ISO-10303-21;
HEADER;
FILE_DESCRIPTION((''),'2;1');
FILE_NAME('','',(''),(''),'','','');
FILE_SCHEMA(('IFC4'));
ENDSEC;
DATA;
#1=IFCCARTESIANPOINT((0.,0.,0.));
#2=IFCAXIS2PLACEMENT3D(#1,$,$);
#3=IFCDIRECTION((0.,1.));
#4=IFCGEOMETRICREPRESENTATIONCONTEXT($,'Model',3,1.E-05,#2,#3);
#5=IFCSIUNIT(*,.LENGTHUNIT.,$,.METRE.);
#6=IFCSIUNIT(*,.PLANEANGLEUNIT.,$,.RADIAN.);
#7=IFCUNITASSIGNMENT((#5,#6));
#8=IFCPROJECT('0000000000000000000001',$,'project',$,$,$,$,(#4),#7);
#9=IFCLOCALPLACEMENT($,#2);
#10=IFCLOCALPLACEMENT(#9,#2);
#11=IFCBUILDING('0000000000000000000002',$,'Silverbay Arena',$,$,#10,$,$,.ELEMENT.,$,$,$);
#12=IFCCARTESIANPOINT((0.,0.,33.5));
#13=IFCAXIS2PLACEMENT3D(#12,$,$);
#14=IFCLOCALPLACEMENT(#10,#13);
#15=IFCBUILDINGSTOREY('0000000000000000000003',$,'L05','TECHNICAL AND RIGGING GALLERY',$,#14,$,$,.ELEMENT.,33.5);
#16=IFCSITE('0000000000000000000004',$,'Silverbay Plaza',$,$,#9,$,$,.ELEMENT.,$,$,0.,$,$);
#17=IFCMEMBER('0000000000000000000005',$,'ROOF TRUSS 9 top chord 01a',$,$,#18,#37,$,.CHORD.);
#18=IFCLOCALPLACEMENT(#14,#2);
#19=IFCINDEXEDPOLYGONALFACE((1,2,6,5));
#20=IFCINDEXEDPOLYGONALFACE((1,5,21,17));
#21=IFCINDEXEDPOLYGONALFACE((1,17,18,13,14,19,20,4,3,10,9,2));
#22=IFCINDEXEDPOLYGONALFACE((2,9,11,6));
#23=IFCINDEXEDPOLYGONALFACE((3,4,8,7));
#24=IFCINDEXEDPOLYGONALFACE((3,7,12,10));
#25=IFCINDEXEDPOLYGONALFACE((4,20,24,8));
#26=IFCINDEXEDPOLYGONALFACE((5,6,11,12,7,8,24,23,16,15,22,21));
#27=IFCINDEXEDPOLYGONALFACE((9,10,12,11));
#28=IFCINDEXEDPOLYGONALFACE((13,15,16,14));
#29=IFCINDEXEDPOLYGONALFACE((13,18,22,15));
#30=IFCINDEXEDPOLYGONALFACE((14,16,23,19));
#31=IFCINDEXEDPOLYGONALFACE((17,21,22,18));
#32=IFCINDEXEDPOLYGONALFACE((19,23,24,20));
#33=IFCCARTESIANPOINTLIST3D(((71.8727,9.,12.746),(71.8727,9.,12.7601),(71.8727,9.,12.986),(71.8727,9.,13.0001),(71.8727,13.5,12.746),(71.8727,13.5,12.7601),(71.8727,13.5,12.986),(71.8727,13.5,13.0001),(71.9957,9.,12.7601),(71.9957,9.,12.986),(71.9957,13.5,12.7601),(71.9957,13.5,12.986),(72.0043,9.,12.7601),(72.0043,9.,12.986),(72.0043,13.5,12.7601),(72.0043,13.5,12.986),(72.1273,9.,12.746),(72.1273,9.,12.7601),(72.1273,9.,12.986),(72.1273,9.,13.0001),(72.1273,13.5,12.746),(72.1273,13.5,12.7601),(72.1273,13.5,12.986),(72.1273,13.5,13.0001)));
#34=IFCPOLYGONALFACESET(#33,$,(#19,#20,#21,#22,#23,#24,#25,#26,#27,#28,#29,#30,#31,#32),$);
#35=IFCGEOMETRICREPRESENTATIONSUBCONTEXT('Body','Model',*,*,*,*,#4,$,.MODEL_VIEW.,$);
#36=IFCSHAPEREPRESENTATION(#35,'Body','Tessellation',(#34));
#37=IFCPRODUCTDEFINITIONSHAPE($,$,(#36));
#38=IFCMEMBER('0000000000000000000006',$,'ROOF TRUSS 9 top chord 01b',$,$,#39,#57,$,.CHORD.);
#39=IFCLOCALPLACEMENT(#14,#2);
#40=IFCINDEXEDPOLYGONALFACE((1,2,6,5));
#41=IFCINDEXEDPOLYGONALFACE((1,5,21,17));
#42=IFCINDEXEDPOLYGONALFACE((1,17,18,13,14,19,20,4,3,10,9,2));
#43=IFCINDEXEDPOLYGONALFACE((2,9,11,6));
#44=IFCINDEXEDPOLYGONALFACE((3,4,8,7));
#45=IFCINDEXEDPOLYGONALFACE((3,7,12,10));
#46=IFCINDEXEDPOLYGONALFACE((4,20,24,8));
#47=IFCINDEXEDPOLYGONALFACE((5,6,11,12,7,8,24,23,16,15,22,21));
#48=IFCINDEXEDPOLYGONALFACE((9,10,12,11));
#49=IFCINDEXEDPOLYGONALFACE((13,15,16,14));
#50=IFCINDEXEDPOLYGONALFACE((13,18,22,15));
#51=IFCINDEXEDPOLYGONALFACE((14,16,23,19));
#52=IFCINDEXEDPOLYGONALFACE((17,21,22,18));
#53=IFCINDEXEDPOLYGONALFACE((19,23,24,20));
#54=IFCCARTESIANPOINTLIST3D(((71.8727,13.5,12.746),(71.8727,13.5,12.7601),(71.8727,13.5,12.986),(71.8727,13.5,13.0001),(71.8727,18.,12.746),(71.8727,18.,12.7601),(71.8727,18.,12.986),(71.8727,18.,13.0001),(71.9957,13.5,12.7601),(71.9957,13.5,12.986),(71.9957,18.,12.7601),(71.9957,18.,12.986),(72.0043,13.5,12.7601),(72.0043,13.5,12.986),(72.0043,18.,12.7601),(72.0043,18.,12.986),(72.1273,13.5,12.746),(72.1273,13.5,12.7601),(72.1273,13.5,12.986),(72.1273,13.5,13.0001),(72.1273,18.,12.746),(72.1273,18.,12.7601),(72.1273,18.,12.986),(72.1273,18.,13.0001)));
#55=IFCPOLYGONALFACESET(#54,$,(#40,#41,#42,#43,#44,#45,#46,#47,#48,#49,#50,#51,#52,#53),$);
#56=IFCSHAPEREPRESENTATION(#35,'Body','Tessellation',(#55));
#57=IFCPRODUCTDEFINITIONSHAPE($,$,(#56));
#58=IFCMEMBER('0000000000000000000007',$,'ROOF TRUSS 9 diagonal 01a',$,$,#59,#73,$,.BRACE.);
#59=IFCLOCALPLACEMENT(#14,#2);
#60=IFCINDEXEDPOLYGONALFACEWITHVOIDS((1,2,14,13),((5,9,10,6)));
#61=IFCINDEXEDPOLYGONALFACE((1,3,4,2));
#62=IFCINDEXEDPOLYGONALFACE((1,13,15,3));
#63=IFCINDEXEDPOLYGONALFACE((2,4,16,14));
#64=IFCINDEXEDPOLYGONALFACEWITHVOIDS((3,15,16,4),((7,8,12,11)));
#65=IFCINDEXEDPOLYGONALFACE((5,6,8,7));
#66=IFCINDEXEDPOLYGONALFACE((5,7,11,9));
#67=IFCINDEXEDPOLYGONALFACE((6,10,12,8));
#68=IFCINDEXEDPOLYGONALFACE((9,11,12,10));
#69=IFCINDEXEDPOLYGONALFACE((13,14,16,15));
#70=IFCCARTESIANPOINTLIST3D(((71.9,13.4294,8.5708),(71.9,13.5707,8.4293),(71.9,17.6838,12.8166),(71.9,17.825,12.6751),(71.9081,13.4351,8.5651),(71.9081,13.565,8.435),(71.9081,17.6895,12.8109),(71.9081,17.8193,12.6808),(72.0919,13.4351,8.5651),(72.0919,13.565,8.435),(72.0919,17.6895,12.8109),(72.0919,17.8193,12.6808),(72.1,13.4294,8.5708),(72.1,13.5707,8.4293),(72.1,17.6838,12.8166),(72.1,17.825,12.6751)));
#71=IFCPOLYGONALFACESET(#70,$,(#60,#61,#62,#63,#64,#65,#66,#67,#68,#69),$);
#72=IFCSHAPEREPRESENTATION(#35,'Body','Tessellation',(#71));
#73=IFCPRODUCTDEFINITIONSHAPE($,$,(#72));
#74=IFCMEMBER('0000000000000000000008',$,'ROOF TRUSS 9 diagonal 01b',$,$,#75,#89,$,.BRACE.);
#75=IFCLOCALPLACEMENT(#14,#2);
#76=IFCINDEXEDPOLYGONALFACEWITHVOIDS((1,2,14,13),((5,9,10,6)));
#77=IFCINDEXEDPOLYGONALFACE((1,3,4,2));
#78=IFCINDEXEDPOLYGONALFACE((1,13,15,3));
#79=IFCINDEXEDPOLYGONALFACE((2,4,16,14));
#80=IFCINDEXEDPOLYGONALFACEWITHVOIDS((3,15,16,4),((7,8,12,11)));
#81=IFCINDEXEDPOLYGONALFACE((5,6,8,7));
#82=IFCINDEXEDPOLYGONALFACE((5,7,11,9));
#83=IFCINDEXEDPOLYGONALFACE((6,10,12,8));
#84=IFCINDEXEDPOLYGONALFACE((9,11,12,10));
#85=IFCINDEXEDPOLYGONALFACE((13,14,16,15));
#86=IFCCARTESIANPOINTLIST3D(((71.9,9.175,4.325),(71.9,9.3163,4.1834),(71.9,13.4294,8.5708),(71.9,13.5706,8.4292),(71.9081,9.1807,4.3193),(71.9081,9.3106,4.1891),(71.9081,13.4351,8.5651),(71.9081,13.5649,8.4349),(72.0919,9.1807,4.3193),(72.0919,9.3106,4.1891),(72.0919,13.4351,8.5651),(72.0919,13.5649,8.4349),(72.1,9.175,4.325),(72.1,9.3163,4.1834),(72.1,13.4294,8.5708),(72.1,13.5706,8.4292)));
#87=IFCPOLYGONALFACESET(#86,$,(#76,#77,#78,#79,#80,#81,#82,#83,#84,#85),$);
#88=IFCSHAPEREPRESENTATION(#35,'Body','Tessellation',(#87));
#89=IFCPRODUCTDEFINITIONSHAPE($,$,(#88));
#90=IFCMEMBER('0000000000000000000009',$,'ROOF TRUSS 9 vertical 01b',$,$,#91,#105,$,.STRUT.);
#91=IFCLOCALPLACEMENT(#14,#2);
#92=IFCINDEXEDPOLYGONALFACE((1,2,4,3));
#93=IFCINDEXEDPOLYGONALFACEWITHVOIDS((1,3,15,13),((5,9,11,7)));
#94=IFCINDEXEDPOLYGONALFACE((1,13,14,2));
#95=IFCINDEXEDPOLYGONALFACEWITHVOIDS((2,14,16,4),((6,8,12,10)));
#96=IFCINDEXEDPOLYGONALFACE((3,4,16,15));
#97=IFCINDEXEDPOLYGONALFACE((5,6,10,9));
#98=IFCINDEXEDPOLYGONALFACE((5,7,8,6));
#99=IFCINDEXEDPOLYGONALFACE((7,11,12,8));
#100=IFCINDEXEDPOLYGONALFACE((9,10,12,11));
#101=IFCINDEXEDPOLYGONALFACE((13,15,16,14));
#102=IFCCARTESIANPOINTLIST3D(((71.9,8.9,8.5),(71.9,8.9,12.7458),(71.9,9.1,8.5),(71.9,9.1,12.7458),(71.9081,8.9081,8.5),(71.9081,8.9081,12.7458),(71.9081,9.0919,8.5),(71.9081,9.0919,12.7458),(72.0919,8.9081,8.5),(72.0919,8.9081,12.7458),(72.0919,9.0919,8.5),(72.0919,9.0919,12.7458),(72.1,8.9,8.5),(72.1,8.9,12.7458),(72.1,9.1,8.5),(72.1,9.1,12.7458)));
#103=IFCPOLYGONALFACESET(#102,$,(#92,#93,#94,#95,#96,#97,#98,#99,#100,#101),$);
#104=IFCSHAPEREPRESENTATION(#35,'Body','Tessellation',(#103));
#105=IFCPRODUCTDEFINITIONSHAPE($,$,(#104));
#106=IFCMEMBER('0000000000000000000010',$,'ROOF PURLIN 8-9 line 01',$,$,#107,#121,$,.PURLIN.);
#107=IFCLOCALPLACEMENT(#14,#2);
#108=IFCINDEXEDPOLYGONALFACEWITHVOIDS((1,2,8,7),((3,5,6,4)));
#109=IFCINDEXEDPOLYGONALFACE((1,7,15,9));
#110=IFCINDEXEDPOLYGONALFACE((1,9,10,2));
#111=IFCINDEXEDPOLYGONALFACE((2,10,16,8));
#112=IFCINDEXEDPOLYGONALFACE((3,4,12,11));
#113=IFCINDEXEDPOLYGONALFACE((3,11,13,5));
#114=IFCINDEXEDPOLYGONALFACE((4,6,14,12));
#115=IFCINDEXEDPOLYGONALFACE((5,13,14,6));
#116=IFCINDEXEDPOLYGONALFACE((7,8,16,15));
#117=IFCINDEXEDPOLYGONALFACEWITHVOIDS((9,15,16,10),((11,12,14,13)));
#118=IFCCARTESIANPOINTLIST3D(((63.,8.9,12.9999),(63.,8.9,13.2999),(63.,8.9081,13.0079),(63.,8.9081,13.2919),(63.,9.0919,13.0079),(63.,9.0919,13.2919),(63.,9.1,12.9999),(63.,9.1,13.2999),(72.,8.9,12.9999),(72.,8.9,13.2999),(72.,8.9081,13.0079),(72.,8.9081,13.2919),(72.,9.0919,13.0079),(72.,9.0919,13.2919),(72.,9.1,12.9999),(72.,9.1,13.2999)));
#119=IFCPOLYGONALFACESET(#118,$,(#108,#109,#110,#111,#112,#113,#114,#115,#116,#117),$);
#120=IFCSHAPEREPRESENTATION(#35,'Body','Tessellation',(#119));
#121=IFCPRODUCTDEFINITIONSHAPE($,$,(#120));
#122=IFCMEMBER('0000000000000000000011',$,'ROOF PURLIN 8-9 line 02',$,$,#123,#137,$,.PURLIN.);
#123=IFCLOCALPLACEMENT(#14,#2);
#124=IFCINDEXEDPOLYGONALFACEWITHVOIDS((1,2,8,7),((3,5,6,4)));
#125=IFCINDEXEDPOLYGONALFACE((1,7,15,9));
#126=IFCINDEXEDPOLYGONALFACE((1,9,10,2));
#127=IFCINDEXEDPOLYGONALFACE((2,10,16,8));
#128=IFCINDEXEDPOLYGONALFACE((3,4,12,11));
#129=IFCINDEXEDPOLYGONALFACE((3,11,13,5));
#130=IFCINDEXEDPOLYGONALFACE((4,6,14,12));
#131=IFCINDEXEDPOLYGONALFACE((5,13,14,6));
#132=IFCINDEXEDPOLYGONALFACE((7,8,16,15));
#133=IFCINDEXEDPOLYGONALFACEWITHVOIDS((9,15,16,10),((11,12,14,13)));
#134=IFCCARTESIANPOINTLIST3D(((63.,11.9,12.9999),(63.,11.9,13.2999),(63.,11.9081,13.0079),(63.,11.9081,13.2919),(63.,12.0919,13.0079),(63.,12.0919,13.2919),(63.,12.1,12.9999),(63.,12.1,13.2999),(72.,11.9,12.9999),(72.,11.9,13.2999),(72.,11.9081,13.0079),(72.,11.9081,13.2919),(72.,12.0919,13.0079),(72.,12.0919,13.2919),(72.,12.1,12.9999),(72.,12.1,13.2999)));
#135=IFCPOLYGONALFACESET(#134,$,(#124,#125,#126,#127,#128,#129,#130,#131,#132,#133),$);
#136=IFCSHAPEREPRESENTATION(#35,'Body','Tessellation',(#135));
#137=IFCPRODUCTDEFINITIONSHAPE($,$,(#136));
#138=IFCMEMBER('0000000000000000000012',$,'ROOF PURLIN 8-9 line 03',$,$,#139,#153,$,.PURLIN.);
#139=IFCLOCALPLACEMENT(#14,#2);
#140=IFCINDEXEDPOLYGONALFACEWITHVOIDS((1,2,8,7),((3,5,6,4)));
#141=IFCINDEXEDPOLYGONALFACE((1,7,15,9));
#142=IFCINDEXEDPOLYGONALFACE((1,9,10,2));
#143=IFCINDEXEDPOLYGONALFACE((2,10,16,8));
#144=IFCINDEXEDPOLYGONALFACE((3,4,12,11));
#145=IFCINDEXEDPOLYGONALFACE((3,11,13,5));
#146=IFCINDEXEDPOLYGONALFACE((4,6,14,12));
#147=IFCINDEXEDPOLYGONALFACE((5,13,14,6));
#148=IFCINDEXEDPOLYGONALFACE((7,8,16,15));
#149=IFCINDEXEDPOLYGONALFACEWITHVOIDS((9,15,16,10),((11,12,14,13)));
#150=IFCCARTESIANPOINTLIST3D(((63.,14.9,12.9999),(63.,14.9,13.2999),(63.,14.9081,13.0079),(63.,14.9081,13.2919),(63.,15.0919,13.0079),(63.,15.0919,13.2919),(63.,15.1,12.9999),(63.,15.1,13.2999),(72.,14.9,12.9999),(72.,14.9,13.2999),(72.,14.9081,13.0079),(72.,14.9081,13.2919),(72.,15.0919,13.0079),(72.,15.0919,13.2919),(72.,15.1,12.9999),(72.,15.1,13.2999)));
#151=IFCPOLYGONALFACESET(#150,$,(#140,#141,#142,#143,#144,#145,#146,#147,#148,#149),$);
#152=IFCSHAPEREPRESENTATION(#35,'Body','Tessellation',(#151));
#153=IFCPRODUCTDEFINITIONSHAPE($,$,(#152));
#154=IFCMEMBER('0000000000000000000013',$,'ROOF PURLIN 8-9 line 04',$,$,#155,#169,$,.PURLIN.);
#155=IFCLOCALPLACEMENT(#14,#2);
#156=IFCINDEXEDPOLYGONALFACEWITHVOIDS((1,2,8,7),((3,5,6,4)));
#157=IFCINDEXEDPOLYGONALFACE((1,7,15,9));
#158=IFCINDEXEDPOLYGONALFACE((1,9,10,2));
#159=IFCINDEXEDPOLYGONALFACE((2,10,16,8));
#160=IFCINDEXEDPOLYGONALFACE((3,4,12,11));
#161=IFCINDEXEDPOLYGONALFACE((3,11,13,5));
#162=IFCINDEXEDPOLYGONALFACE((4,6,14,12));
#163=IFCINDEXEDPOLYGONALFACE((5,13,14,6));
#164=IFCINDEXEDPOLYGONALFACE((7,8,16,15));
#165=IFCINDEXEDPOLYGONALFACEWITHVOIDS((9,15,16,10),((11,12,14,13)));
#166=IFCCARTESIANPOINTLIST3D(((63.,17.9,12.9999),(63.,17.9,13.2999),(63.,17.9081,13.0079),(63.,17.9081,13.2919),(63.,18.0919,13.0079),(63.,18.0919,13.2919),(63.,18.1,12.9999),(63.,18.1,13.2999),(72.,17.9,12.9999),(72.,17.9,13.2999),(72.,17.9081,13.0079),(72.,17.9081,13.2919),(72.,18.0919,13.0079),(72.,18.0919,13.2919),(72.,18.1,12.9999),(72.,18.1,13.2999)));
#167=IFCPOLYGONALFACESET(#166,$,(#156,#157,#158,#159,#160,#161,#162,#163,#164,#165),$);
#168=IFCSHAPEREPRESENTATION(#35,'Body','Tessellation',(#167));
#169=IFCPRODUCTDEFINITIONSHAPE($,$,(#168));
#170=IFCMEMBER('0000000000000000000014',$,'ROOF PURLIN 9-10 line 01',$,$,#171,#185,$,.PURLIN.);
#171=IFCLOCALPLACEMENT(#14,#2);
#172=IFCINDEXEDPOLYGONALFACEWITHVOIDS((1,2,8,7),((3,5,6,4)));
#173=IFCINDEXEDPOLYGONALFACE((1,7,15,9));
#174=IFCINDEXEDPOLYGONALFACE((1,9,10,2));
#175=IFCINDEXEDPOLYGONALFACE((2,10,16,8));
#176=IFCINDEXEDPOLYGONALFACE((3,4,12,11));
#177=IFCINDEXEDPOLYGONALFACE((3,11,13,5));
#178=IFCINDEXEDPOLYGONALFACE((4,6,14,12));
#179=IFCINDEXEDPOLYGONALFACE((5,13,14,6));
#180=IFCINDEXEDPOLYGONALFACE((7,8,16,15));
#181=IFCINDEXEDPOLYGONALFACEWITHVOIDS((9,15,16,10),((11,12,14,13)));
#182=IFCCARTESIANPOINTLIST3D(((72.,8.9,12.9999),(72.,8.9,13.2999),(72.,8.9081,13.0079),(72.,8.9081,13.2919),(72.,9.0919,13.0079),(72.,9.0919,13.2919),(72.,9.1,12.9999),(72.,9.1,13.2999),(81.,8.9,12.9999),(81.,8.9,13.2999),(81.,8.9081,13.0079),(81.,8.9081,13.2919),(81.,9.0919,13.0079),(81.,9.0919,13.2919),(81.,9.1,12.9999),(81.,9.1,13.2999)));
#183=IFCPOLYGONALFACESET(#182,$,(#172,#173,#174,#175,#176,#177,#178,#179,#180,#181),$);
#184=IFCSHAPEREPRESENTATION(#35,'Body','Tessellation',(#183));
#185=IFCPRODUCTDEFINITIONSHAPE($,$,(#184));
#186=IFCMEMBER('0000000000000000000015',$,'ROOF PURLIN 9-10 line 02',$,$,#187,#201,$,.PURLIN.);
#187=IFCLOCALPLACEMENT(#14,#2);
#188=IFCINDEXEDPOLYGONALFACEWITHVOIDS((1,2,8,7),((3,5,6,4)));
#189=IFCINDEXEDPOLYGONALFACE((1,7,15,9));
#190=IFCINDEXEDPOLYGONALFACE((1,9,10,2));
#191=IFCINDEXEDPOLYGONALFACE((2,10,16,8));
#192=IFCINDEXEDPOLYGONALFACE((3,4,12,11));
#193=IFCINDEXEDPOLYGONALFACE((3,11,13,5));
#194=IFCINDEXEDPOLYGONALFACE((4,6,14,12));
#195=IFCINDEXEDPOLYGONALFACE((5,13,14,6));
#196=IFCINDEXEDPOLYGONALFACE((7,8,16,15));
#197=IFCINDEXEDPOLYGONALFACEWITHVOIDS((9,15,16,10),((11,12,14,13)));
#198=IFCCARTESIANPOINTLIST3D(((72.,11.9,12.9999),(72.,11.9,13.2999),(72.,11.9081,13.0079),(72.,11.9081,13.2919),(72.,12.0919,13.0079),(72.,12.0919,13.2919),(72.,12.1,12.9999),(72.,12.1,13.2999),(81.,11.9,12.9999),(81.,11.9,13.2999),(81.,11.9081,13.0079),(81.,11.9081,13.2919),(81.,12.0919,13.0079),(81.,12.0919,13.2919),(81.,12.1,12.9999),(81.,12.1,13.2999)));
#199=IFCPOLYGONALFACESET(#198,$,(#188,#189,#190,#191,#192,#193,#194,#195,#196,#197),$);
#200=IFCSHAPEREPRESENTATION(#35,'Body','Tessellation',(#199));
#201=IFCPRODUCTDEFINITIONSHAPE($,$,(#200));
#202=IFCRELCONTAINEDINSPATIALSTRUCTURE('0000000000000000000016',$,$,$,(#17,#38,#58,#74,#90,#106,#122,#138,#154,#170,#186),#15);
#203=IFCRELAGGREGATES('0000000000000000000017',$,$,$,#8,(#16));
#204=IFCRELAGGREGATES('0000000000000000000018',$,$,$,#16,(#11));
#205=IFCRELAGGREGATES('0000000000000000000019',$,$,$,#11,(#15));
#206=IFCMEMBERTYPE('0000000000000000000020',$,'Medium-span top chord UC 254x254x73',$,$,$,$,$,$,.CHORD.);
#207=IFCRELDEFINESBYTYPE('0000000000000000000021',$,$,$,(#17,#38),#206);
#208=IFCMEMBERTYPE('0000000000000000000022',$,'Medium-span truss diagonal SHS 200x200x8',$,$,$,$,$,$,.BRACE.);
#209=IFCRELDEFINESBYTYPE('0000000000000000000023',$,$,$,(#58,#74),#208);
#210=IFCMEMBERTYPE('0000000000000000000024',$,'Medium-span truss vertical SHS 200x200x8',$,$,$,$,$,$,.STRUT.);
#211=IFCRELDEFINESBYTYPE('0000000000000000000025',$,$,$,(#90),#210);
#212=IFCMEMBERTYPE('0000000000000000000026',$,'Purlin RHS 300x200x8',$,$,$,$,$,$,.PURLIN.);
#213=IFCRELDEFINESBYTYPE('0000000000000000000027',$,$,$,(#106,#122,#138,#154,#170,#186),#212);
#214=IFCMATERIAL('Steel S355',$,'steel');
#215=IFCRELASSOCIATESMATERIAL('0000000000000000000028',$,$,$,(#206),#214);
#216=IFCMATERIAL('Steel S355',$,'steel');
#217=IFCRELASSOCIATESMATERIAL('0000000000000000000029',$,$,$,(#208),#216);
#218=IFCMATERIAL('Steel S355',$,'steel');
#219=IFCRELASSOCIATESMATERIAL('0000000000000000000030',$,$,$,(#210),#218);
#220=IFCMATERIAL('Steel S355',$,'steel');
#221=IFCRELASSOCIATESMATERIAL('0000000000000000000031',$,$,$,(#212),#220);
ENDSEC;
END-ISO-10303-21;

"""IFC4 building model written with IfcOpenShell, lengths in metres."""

from ifc_helpers import new_model, si_unit, direction, frame, origin, origin_2d, place, context, subcontext, project, spatial, hollow_rectangle, i_section, extrude, material, material_profile, profile_set, type_object, element, save


model = new_model("IFC4")

# Units and contexts
model_context = context("Model", 3, precision=1e-05, world=origin(), true_north=direction((0.0, 1.0)))
body_context = subcontext(model_context, "Body", "Model", "MODEL_VIEW")
ifc_project = project(units=[si_unit("LENGTHUNIT", "METRE"), si_unit("PLANEANGLEUNIT", "RADIAN")], contexts=[model_context])

# Site, building, storey
site_placement = place(None, origin())
site = spatial("IfcSite", under=ifc_project, at=site_placement, Name="Silverbay Plaza", CompositionType="ELEMENT", RefElevation=0.0)
building_placement = place(site_placement, origin())
building = spatial("IfcBuilding", under=site, at=building_placement, Name="Silverbay Arena", CompositionType="ELEMENT")
storey_placement = place(building_placement, frame((0.0, 0.0, 33.5)))
storey = spatial("IfcBuildingStorey", under=building, at=storey_placement, Name="L05", Description="TECHNICAL AND RIGGING GALLERY", CompositionType="ELEMENT", Elevation=33.5)

# Members
ifc_material_1 = material(Name="Steel S355", Category="steel")
ifc_material_profile_1 = material_profile(ifc_material_1, i_section(OverallWidth=0.2546, OverallDepth=0.2542, WebThickness=0.0085, FlangeThickness=0.0142, at=origin_2d()), Name="UC 254x254x73")
ifc_profile_set_1 = profile_set([ifc_material_profile_1], Name="Steel S355")
member_type_1 = type_object("IfcMemberType", Name="Medium-span top chord UC 254x254x73", PredefinedType="CHORD", material=ifc_profile_set_1)
for number, where, z_axis, x_axis, name in (
    (1, (72.0, 9.0, 12.873), (0.0, 1.0, 0.0), (-1.0, 0.0, 0.0), "ROOF TRUSS 9 top chord 01a"),
    (2, (72.0, 13.5, 12.873), (0.0, 1.0, 0.0), (-1.0, 0.0, 0.0), "ROOF TRUSS 9 top chord 01b"),
):
    element("IfcMember", number, at=place(storey_placement, frame(where, z_axis=z_axis, x_axis=x_axis)), inside=storey, type_object=member_type_1, Name=name, PredefinedType="CHORD", context=body_context, shape_type="SweptSolid", body=[
        extrude(i_section(OverallWidth=0.2546, OverallDepth=0.2542, WebThickness=0.0085, FlangeThickness=0.0142, at=origin_2d()), origin(), (0.0, 0.0, 1.0), 4.5),
    ])
ifc_material_2 = material(Name="Steel S355", Category="steel")
ifc_material_profile_2 = material_profile(ifc_material_2, hollow_rectangle(XDim=0.2, YDim=0.2, WallThickness=0.0081, at=origin_2d()), Name="SHS 200x200x8")
ifc_profile_set_2 = profile_set([ifc_material_profile_2], Name="Steel S355")
member_type_2 = type_object("IfcMemberType", Name="Medium-span truss diagonal SHS 200x200x8", PredefinedType="BRACE", material=ifc_profile_set_2)
for number, where, z_axis, x_axis, name in (
    (3, (72.0, 17.7544, 12.7458), (0.0, -0.707817, -0.706396), (1.0, 0.0, 0.0), "ROOF TRUSS 9 diagonal 01a"),
    (4, (72.0, 13.5, 8.5), (0.0, -0.707817, -0.706396), (1.0, 0.0, 0.0), "ROOF TRUSS 9 diagonal 01b"),
):
    element("IfcMember", number, at=place(storey_placement, frame(where, z_axis=z_axis, x_axis=x_axis)), inside=storey, type_object=member_type_2, Name=name, PredefinedType="BRACE", context=body_context, shape_type="SweptSolid", body=[
        extrude(hollow_rectangle(XDim=0.2, YDim=0.2, WallThickness=0.0081, at=origin_2d()), origin(), (0.0, 0.0, 1.0), 6.0105),
    ])
ifc_material_3 = material(Name="Steel S355", Category="steel")
ifc_material_profile_3 = material_profile(ifc_material_3, hollow_rectangle(XDim=0.2, YDim=0.2, WallThickness=0.0081, at=origin_2d()), Name="SHS 200x200x8")
ifc_profile_set_3 = profile_set([ifc_material_profile_3], Name="Steel S355")
member_type_3 = type_object("IfcMemberType", Name="Medium-span truss vertical SHS 200x200x8", PredefinedType="STRUT", material=ifc_profile_set_3)
member_1_placement = place(storey_placement, frame((72.0, 9.0, 8.5), z_axis=(0.0, 0.0, 1.0), x_axis=(1.0, 0.0, 0.0)))
element("IfcMember", 5, at=member_1_placement, inside=storey, type_object=member_type_3, Name="ROOF TRUSS 9 vertical 01b", PredefinedType="STRUT", context=body_context, shape_type="SweptSolid", body=[
    extrude(hollow_rectangle(XDim=0.2, YDim=0.2, WallThickness=0.0081, at=origin_2d()), origin(), (0.0, 0.0, 1.0), 4.2458),
])
ifc_material_4 = material(Name="Steel S355", Category="steel")
ifc_material_profile_4 = material_profile(ifc_material_4, hollow_rectangle(XDim=0.2, YDim=0.3, WallThickness=0.0081, at=origin_2d()), Name="RHS 300x200x8")
ifc_profile_set_4 = profile_set([ifc_material_profile_4], Name="Steel S355")
member_type_4 = type_object("IfcMemberType", Name="Purlin RHS 300x200x8", PredefinedType="PURLIN", material=ifc_profile_set_4)
for number, where, z_axis, x_axis, name in (
    (6, (63.0, 9.0, 13.1499), (1.0, 0.0, 0.0), (0.0, 1.0, 0.0), "ROOF PURLIN 8-9 line 01"),
    (7, (63.0, 12.0, 13.1499), (1.0, 0.0, 0.0), (0.0, 1.0, 0.0), "ROOF PURLIN 8-9 line 02"),
    (8, (63.0, 15.0, 13.1499), (1.0, 0.0, 0.0), (0.0, 1.0, 0.0), "ROOF PURLIN 8-9 line 03"),
    (9, (63.0, 18.0, 13.1499), (1.0, 0.0, 0.0), (0.0, 1.0, 0.0), "ROOF PURLIN 8-9 line 04"),
    (10, (72.0, 9.0, 13.1499), (1.0, 0.0, 0.0), (0.0, 1.0, 0.0), "ROOF PURLIN 9-10 line 01"),
    (11, (72.0, 12.0, 13.1499), (1.0, 0.0, 0.0), (0.0, 1.0, 0.0), "ROOF PURLIN 9-10 line 02"),
):
    element("IfcMember", number, at=place(storey_placement, frame(where, z_axis=z_axis, x_axis=x_axis)), inside=storey, type_object=member_type_4, Name=name, PredefinedType="PURLIN", context=body_context, shape_type="SweptSolid", body=[
        extrude(hollow_rectangle(XDim=0.2, YDim=0.3, WallThickness=0.0081, at=origin_2d()), origin(), (0.0, 0.0, 1.0), 9.0),
    ])

save(model, "model.ifc")
